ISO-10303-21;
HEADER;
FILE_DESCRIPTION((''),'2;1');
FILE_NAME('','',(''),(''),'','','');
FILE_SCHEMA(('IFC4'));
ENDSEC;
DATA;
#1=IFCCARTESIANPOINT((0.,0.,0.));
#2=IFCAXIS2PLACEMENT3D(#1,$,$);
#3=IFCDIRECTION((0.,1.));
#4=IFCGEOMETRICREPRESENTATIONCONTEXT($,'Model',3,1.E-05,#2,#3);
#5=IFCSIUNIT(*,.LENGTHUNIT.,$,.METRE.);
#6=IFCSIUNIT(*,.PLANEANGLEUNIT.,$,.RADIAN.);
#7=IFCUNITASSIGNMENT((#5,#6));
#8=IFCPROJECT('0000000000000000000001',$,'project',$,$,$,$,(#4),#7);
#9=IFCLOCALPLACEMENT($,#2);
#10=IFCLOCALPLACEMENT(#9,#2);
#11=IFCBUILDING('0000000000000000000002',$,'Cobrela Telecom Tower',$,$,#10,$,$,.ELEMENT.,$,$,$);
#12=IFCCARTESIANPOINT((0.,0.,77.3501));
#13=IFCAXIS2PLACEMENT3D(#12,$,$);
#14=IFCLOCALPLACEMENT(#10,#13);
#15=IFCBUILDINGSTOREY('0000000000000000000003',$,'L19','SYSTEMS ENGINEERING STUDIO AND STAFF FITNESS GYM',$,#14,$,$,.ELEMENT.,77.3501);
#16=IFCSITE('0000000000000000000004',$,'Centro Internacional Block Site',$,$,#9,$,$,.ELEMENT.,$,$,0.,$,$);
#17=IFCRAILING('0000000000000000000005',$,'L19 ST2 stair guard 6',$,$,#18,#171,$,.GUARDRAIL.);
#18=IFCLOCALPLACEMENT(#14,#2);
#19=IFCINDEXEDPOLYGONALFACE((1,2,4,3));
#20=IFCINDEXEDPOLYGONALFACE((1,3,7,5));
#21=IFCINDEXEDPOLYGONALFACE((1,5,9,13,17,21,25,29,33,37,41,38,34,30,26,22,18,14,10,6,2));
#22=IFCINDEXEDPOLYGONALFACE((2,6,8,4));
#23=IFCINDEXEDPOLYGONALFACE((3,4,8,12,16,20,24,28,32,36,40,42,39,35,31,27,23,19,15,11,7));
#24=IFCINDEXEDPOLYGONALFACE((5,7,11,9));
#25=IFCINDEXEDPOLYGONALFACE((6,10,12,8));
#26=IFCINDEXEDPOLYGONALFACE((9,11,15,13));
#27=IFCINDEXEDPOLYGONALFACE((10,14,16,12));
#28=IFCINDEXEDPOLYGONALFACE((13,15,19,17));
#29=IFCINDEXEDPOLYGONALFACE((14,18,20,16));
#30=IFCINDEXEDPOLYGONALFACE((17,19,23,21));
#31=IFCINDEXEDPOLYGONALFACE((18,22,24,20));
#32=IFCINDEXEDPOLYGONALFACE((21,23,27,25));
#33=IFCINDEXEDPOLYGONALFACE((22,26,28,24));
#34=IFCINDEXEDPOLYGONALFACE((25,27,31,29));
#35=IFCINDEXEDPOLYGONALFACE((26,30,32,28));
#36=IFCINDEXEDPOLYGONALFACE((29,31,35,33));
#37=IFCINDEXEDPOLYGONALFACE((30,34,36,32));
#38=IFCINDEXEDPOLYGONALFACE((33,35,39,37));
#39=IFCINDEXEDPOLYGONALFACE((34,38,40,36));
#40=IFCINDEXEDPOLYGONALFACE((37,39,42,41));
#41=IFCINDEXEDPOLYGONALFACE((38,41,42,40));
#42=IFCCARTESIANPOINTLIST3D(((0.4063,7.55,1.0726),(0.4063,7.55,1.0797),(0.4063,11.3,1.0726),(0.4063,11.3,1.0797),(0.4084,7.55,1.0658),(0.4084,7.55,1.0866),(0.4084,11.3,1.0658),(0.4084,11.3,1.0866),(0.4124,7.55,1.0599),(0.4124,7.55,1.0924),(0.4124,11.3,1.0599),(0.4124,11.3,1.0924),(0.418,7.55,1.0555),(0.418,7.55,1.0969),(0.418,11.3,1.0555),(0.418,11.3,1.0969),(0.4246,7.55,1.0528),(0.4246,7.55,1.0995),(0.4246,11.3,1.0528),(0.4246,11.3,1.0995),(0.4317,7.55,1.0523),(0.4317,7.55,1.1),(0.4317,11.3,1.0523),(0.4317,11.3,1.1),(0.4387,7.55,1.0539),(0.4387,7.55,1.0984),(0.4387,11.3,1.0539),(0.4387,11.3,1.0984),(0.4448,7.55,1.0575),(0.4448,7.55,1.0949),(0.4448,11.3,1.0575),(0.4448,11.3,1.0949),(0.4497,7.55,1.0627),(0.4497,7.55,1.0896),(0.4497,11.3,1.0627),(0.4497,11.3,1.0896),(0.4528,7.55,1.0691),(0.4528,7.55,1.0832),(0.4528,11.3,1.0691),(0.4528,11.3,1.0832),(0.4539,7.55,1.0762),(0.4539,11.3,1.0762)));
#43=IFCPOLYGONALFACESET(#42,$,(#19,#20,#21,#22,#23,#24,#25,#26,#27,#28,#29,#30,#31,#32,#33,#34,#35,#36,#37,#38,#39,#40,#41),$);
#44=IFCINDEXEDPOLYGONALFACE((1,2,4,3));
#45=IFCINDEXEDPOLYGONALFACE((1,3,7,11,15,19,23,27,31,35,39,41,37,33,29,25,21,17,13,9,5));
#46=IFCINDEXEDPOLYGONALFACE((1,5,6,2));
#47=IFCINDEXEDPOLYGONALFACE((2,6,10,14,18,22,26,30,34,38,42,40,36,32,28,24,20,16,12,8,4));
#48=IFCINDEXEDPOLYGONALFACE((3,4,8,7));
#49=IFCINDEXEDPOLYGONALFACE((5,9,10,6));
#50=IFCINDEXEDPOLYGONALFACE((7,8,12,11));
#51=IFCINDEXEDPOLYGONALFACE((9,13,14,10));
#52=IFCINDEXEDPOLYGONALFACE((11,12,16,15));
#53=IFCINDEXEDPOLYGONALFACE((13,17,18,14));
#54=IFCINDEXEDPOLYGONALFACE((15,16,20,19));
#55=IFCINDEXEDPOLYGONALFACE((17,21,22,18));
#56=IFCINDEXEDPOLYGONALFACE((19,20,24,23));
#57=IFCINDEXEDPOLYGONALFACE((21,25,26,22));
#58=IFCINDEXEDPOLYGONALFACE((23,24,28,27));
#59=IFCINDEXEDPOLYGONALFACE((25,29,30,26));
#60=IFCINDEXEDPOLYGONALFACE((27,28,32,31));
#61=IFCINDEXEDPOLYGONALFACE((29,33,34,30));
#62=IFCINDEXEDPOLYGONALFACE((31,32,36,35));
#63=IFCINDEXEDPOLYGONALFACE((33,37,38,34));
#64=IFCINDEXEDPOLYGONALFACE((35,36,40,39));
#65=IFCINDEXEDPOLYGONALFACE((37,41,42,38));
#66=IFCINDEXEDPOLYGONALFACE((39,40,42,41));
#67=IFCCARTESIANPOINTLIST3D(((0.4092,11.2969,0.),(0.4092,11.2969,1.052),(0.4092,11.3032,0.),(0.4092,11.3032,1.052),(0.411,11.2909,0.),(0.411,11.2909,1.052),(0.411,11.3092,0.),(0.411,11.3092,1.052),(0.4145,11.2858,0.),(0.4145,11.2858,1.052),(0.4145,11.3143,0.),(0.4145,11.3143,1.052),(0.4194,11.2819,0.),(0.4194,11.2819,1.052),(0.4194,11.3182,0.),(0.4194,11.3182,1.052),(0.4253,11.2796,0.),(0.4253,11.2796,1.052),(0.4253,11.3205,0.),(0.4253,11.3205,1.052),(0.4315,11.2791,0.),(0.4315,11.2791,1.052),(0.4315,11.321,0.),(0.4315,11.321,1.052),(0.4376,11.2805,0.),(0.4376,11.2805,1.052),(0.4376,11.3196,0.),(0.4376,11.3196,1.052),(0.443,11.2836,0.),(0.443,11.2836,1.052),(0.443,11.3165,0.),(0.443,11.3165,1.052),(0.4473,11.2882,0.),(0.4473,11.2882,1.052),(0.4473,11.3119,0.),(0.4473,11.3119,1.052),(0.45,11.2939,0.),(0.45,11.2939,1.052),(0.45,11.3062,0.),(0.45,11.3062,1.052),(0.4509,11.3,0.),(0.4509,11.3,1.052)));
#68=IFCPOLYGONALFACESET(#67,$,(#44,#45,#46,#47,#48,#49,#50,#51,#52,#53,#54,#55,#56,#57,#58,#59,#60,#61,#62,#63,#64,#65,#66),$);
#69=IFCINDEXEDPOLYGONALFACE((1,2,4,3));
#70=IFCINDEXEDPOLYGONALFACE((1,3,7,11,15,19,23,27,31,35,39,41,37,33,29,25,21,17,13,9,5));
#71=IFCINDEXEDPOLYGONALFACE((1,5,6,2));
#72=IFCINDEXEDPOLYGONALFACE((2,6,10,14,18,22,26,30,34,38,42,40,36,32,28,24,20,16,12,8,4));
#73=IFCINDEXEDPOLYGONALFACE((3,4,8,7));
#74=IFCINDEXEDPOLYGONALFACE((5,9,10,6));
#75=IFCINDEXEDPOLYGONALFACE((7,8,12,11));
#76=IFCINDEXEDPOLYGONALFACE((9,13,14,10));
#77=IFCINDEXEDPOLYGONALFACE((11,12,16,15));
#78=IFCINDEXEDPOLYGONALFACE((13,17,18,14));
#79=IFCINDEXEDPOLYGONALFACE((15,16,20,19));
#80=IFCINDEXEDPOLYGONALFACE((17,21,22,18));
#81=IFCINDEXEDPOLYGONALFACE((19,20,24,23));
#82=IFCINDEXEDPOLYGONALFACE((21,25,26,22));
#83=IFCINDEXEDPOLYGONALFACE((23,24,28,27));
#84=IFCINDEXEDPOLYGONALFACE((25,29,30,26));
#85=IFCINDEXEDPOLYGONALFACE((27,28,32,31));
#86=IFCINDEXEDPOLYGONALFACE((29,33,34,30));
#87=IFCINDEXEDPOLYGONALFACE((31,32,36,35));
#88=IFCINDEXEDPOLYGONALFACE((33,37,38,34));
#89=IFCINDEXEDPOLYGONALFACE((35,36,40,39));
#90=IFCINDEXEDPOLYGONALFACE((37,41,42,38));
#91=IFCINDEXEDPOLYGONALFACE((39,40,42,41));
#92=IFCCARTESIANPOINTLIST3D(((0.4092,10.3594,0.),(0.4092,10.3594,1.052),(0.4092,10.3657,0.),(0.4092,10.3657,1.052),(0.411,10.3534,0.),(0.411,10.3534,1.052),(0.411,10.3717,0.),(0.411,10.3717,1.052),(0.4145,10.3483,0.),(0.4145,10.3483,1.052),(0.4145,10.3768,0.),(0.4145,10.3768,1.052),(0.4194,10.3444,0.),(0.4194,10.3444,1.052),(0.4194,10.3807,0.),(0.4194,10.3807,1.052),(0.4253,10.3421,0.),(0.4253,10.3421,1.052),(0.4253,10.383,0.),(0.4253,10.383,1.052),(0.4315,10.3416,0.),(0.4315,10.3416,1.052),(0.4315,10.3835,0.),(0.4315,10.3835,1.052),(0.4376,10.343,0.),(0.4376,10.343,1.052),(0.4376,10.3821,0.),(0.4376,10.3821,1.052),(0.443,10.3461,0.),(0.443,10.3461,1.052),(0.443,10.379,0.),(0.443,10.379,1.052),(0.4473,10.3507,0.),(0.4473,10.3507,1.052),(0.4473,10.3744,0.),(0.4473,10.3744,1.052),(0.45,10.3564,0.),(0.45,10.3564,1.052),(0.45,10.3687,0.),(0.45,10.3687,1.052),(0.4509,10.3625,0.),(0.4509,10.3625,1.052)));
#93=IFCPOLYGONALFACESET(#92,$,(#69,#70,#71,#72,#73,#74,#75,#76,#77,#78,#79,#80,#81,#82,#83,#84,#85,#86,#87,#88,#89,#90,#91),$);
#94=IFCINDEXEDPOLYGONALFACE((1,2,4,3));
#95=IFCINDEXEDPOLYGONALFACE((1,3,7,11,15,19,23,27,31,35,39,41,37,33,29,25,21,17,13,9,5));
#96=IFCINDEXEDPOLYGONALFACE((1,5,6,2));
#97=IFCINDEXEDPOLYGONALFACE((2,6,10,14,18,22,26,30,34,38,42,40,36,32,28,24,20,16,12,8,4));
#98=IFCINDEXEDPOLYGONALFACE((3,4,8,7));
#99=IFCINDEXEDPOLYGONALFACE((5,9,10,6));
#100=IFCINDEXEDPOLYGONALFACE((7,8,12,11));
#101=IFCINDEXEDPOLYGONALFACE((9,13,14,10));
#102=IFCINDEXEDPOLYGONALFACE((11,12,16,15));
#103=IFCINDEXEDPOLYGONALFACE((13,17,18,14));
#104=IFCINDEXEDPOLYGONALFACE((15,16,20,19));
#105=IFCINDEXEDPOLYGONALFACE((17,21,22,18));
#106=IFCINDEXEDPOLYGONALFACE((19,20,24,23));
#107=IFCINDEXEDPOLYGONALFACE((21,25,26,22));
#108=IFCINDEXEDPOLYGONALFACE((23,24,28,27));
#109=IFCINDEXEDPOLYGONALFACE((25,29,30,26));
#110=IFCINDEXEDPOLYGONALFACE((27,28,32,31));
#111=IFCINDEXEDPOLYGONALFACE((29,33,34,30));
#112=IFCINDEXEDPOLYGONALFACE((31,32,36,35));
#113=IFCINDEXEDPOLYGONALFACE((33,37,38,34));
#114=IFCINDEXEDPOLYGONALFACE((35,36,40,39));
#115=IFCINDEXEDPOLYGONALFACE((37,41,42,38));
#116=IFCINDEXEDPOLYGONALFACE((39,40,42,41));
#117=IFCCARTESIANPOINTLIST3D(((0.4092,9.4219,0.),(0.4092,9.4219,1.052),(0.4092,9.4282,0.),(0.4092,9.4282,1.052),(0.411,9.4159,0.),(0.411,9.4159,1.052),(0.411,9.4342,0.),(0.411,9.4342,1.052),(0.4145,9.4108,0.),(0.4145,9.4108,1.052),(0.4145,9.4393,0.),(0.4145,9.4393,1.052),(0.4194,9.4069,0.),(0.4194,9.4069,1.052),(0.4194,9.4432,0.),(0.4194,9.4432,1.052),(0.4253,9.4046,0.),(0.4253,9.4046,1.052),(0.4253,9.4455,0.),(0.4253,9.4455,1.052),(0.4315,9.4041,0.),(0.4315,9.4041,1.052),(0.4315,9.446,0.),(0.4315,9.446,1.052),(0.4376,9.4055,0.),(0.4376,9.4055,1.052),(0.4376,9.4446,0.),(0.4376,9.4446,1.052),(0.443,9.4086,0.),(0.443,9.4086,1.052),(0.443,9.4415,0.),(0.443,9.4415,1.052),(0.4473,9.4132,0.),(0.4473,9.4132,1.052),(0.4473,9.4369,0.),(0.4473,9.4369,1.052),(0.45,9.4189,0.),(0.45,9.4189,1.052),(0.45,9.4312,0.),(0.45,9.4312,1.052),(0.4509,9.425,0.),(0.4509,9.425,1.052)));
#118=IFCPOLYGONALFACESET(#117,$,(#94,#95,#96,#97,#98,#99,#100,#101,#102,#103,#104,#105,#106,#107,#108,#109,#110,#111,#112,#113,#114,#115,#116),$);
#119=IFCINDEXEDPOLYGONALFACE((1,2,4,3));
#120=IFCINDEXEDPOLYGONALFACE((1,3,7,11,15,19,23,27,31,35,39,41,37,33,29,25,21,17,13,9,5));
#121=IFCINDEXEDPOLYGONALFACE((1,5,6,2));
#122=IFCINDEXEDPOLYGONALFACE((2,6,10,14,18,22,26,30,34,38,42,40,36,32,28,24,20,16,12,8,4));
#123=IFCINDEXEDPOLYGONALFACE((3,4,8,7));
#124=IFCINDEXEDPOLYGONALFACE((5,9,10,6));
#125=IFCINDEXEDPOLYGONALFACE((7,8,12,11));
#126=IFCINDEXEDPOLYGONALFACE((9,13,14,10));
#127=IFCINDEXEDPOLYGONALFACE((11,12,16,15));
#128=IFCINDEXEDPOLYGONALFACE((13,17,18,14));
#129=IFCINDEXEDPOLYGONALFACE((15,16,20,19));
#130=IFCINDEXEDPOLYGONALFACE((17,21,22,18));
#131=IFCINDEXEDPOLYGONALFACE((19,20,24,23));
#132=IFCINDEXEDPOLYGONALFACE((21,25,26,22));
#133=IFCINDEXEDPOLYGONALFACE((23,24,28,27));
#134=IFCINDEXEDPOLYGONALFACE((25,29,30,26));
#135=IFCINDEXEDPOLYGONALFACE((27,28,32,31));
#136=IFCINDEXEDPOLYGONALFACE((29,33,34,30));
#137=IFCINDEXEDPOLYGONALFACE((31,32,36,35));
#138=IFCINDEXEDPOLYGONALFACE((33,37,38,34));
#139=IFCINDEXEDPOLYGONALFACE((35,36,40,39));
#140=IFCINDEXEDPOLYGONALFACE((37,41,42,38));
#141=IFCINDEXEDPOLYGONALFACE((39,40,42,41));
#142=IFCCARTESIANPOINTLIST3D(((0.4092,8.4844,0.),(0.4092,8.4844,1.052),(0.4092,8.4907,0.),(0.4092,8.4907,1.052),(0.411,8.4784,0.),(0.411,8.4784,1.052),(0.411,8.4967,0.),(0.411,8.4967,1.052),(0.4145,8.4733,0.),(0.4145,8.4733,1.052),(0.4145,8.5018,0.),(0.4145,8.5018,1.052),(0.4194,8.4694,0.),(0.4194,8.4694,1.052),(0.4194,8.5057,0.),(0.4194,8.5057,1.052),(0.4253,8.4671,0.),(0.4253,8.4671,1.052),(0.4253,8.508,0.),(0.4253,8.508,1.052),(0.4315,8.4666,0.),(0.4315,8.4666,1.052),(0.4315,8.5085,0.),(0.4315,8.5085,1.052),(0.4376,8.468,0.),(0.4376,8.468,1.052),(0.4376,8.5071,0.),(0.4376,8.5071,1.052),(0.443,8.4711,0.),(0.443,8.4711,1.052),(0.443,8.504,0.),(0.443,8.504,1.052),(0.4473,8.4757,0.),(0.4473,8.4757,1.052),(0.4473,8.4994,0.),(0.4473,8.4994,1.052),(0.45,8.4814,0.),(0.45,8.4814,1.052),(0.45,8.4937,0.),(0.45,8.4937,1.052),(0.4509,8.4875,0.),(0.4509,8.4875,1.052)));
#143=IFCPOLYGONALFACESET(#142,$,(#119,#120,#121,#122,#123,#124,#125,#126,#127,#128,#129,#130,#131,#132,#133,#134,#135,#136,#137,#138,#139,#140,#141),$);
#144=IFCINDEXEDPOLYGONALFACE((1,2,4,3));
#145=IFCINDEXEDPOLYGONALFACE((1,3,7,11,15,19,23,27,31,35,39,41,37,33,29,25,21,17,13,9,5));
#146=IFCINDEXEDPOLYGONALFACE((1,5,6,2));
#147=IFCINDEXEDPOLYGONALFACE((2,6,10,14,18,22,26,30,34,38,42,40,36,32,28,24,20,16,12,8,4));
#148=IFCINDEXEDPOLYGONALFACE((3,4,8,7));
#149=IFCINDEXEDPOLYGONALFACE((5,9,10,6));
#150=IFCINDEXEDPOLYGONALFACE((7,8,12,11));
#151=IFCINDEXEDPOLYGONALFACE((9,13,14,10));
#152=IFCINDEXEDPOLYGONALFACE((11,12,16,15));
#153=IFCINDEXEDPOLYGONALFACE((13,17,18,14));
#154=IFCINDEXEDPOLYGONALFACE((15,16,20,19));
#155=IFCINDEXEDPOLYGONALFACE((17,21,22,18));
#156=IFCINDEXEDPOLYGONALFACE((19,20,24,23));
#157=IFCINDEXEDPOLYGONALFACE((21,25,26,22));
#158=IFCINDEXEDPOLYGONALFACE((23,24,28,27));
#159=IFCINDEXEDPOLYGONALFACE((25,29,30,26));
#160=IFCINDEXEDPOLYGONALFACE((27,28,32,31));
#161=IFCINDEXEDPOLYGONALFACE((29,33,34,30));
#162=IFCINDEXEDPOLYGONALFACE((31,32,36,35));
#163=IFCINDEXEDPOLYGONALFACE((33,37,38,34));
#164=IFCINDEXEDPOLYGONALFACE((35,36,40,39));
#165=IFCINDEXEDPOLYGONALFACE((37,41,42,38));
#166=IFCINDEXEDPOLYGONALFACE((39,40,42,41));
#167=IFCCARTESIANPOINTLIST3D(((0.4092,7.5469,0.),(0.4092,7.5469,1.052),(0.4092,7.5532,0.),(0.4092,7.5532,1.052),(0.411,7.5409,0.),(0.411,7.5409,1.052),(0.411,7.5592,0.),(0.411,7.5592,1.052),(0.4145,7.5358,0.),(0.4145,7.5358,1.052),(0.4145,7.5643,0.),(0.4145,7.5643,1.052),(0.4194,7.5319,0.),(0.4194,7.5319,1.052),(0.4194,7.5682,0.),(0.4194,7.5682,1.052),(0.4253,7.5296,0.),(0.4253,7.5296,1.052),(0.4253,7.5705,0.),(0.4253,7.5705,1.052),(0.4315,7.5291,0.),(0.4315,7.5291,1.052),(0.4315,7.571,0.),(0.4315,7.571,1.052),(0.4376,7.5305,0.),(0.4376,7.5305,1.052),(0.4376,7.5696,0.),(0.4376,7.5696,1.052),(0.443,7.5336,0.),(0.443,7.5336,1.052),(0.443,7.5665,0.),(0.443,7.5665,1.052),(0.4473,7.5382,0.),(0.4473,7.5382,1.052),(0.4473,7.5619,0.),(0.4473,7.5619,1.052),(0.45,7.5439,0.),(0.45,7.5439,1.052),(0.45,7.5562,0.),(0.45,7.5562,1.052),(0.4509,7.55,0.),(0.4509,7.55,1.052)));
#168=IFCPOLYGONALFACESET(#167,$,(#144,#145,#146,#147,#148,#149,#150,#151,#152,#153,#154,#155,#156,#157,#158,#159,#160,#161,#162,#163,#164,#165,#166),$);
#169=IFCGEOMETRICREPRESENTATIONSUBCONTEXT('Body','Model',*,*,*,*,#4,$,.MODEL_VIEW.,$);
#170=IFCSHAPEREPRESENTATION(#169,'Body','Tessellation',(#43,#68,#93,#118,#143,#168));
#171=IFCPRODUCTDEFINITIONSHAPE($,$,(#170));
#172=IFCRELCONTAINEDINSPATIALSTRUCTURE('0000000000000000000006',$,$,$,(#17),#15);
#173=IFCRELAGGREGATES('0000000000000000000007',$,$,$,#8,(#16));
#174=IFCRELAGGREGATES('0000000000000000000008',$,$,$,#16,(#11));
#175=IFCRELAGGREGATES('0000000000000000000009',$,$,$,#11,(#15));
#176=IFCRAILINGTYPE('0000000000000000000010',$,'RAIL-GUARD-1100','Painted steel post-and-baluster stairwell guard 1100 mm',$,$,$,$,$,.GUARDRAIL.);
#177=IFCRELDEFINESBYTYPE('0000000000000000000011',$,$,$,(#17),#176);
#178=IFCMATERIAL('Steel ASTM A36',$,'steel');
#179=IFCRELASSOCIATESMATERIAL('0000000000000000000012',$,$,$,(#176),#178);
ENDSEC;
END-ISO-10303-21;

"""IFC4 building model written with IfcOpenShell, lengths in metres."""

from ifc_helpers import new_model, si_unit, direction, frame, origin, origin_2d, place, context, subcontext, project, spatial, circle, extrude, material, type_object, element, save


model = new_model("IFC4")

# Units and contexts
model_context = context("Model", 3, precision=1e-05, world=origin(), true_north=direction((0.0, 1.0)))
body_context = subcontext(model_context, "Body", "Model", "MODEL_VIEW")
ifc_project = project(units=[si_unit("LENGTHUNIT", "METRE"), si_unit("PLANEANGLEUNIT", "RADIAN")], contexts=[model_context])

# Site, building, storey
site_placement = place(None, origin())
site = spatial("IfcSite", under=ifc_project, at=site_placement, Name="Centro Internacional Block Site", CompositionType="ELEMENT", RefElevation=0.0)
building_placement = place(site_placement, origin())
building = spatial("IfcBuilding", under=site, at=building_placement, Name="Cobrela Telecom Tower", CompositionType="ELEMENT")
storey_placement = place(building_placement, frame((0.0, 0.0, 77.3501)))
storey = spatial("IfcBuildingStorey", under=building, at=storey_placement, Name="L19", Description="SYSTEMS ENGINEERING STUDIO AND STAFF FITNESS GYM", CompositionType="ELEMENT", Elevation=77.3501)

# Railing
ifc_material_1 = material(Name="Steel ASTM A36", Category="steel")
railing_type_1 = type_object("IfcRailingType", Name="RAIL-GUARD-1100", Description="Painted steel post-and-baluster stairwell guard 1100 mm", PredefinedType="GUARDRAIL", material=ifc_material_1)
railing_1_placement = place(storey_placement, frame((0.4299, 11.3, 0.0)))
element("IfcRailing", 1, at=railing_1_placement, inside=storey, type_object=railing_type_1, Name="L19 ST2 stair guard 6", PredefinedType="GUARDRAIL", context=body_context, shape_type="SweptSolid", body=[
    extrude(circle(Radius=0.0239, at=origin_2d()), frame((0.0, 0.0, 1.0762), z_axis=(0.0, -1.0, 0.0), x_axis=(1.0, 0.0, 0.0)), (0.0, 0.0, 1.0), 3.75),
    extrude(circle(Radius=0.021, at=origin_2d()), origin(), (0.0, 0.0, 1.0), 1.052),
    extrude(circle(Radius=0.021, at=origin_2d()), frame((0.0, -0.9375, 0.0)), (0.0, 0.0, 1.0), 1.052),
    extrude(circle(Radius=0.021, at=origin_2d()), frame((0.0, -1.875, 0.0)), (0.0, 0.0, 1.0), 1.052),
    extrude(circle(Radius=0.021, at=origin_2d()), frame((0.0, -2.8125, 0.0)), (0.0, 0.0, 1.0), 1.052),
    extrude(circle(Radius=0.021, at=origin_2d()), frame((0.0, -3.75, 0.0)), (0.0, 0.0, 1.0), 1.052),
])

save(model, "model.ifc")
